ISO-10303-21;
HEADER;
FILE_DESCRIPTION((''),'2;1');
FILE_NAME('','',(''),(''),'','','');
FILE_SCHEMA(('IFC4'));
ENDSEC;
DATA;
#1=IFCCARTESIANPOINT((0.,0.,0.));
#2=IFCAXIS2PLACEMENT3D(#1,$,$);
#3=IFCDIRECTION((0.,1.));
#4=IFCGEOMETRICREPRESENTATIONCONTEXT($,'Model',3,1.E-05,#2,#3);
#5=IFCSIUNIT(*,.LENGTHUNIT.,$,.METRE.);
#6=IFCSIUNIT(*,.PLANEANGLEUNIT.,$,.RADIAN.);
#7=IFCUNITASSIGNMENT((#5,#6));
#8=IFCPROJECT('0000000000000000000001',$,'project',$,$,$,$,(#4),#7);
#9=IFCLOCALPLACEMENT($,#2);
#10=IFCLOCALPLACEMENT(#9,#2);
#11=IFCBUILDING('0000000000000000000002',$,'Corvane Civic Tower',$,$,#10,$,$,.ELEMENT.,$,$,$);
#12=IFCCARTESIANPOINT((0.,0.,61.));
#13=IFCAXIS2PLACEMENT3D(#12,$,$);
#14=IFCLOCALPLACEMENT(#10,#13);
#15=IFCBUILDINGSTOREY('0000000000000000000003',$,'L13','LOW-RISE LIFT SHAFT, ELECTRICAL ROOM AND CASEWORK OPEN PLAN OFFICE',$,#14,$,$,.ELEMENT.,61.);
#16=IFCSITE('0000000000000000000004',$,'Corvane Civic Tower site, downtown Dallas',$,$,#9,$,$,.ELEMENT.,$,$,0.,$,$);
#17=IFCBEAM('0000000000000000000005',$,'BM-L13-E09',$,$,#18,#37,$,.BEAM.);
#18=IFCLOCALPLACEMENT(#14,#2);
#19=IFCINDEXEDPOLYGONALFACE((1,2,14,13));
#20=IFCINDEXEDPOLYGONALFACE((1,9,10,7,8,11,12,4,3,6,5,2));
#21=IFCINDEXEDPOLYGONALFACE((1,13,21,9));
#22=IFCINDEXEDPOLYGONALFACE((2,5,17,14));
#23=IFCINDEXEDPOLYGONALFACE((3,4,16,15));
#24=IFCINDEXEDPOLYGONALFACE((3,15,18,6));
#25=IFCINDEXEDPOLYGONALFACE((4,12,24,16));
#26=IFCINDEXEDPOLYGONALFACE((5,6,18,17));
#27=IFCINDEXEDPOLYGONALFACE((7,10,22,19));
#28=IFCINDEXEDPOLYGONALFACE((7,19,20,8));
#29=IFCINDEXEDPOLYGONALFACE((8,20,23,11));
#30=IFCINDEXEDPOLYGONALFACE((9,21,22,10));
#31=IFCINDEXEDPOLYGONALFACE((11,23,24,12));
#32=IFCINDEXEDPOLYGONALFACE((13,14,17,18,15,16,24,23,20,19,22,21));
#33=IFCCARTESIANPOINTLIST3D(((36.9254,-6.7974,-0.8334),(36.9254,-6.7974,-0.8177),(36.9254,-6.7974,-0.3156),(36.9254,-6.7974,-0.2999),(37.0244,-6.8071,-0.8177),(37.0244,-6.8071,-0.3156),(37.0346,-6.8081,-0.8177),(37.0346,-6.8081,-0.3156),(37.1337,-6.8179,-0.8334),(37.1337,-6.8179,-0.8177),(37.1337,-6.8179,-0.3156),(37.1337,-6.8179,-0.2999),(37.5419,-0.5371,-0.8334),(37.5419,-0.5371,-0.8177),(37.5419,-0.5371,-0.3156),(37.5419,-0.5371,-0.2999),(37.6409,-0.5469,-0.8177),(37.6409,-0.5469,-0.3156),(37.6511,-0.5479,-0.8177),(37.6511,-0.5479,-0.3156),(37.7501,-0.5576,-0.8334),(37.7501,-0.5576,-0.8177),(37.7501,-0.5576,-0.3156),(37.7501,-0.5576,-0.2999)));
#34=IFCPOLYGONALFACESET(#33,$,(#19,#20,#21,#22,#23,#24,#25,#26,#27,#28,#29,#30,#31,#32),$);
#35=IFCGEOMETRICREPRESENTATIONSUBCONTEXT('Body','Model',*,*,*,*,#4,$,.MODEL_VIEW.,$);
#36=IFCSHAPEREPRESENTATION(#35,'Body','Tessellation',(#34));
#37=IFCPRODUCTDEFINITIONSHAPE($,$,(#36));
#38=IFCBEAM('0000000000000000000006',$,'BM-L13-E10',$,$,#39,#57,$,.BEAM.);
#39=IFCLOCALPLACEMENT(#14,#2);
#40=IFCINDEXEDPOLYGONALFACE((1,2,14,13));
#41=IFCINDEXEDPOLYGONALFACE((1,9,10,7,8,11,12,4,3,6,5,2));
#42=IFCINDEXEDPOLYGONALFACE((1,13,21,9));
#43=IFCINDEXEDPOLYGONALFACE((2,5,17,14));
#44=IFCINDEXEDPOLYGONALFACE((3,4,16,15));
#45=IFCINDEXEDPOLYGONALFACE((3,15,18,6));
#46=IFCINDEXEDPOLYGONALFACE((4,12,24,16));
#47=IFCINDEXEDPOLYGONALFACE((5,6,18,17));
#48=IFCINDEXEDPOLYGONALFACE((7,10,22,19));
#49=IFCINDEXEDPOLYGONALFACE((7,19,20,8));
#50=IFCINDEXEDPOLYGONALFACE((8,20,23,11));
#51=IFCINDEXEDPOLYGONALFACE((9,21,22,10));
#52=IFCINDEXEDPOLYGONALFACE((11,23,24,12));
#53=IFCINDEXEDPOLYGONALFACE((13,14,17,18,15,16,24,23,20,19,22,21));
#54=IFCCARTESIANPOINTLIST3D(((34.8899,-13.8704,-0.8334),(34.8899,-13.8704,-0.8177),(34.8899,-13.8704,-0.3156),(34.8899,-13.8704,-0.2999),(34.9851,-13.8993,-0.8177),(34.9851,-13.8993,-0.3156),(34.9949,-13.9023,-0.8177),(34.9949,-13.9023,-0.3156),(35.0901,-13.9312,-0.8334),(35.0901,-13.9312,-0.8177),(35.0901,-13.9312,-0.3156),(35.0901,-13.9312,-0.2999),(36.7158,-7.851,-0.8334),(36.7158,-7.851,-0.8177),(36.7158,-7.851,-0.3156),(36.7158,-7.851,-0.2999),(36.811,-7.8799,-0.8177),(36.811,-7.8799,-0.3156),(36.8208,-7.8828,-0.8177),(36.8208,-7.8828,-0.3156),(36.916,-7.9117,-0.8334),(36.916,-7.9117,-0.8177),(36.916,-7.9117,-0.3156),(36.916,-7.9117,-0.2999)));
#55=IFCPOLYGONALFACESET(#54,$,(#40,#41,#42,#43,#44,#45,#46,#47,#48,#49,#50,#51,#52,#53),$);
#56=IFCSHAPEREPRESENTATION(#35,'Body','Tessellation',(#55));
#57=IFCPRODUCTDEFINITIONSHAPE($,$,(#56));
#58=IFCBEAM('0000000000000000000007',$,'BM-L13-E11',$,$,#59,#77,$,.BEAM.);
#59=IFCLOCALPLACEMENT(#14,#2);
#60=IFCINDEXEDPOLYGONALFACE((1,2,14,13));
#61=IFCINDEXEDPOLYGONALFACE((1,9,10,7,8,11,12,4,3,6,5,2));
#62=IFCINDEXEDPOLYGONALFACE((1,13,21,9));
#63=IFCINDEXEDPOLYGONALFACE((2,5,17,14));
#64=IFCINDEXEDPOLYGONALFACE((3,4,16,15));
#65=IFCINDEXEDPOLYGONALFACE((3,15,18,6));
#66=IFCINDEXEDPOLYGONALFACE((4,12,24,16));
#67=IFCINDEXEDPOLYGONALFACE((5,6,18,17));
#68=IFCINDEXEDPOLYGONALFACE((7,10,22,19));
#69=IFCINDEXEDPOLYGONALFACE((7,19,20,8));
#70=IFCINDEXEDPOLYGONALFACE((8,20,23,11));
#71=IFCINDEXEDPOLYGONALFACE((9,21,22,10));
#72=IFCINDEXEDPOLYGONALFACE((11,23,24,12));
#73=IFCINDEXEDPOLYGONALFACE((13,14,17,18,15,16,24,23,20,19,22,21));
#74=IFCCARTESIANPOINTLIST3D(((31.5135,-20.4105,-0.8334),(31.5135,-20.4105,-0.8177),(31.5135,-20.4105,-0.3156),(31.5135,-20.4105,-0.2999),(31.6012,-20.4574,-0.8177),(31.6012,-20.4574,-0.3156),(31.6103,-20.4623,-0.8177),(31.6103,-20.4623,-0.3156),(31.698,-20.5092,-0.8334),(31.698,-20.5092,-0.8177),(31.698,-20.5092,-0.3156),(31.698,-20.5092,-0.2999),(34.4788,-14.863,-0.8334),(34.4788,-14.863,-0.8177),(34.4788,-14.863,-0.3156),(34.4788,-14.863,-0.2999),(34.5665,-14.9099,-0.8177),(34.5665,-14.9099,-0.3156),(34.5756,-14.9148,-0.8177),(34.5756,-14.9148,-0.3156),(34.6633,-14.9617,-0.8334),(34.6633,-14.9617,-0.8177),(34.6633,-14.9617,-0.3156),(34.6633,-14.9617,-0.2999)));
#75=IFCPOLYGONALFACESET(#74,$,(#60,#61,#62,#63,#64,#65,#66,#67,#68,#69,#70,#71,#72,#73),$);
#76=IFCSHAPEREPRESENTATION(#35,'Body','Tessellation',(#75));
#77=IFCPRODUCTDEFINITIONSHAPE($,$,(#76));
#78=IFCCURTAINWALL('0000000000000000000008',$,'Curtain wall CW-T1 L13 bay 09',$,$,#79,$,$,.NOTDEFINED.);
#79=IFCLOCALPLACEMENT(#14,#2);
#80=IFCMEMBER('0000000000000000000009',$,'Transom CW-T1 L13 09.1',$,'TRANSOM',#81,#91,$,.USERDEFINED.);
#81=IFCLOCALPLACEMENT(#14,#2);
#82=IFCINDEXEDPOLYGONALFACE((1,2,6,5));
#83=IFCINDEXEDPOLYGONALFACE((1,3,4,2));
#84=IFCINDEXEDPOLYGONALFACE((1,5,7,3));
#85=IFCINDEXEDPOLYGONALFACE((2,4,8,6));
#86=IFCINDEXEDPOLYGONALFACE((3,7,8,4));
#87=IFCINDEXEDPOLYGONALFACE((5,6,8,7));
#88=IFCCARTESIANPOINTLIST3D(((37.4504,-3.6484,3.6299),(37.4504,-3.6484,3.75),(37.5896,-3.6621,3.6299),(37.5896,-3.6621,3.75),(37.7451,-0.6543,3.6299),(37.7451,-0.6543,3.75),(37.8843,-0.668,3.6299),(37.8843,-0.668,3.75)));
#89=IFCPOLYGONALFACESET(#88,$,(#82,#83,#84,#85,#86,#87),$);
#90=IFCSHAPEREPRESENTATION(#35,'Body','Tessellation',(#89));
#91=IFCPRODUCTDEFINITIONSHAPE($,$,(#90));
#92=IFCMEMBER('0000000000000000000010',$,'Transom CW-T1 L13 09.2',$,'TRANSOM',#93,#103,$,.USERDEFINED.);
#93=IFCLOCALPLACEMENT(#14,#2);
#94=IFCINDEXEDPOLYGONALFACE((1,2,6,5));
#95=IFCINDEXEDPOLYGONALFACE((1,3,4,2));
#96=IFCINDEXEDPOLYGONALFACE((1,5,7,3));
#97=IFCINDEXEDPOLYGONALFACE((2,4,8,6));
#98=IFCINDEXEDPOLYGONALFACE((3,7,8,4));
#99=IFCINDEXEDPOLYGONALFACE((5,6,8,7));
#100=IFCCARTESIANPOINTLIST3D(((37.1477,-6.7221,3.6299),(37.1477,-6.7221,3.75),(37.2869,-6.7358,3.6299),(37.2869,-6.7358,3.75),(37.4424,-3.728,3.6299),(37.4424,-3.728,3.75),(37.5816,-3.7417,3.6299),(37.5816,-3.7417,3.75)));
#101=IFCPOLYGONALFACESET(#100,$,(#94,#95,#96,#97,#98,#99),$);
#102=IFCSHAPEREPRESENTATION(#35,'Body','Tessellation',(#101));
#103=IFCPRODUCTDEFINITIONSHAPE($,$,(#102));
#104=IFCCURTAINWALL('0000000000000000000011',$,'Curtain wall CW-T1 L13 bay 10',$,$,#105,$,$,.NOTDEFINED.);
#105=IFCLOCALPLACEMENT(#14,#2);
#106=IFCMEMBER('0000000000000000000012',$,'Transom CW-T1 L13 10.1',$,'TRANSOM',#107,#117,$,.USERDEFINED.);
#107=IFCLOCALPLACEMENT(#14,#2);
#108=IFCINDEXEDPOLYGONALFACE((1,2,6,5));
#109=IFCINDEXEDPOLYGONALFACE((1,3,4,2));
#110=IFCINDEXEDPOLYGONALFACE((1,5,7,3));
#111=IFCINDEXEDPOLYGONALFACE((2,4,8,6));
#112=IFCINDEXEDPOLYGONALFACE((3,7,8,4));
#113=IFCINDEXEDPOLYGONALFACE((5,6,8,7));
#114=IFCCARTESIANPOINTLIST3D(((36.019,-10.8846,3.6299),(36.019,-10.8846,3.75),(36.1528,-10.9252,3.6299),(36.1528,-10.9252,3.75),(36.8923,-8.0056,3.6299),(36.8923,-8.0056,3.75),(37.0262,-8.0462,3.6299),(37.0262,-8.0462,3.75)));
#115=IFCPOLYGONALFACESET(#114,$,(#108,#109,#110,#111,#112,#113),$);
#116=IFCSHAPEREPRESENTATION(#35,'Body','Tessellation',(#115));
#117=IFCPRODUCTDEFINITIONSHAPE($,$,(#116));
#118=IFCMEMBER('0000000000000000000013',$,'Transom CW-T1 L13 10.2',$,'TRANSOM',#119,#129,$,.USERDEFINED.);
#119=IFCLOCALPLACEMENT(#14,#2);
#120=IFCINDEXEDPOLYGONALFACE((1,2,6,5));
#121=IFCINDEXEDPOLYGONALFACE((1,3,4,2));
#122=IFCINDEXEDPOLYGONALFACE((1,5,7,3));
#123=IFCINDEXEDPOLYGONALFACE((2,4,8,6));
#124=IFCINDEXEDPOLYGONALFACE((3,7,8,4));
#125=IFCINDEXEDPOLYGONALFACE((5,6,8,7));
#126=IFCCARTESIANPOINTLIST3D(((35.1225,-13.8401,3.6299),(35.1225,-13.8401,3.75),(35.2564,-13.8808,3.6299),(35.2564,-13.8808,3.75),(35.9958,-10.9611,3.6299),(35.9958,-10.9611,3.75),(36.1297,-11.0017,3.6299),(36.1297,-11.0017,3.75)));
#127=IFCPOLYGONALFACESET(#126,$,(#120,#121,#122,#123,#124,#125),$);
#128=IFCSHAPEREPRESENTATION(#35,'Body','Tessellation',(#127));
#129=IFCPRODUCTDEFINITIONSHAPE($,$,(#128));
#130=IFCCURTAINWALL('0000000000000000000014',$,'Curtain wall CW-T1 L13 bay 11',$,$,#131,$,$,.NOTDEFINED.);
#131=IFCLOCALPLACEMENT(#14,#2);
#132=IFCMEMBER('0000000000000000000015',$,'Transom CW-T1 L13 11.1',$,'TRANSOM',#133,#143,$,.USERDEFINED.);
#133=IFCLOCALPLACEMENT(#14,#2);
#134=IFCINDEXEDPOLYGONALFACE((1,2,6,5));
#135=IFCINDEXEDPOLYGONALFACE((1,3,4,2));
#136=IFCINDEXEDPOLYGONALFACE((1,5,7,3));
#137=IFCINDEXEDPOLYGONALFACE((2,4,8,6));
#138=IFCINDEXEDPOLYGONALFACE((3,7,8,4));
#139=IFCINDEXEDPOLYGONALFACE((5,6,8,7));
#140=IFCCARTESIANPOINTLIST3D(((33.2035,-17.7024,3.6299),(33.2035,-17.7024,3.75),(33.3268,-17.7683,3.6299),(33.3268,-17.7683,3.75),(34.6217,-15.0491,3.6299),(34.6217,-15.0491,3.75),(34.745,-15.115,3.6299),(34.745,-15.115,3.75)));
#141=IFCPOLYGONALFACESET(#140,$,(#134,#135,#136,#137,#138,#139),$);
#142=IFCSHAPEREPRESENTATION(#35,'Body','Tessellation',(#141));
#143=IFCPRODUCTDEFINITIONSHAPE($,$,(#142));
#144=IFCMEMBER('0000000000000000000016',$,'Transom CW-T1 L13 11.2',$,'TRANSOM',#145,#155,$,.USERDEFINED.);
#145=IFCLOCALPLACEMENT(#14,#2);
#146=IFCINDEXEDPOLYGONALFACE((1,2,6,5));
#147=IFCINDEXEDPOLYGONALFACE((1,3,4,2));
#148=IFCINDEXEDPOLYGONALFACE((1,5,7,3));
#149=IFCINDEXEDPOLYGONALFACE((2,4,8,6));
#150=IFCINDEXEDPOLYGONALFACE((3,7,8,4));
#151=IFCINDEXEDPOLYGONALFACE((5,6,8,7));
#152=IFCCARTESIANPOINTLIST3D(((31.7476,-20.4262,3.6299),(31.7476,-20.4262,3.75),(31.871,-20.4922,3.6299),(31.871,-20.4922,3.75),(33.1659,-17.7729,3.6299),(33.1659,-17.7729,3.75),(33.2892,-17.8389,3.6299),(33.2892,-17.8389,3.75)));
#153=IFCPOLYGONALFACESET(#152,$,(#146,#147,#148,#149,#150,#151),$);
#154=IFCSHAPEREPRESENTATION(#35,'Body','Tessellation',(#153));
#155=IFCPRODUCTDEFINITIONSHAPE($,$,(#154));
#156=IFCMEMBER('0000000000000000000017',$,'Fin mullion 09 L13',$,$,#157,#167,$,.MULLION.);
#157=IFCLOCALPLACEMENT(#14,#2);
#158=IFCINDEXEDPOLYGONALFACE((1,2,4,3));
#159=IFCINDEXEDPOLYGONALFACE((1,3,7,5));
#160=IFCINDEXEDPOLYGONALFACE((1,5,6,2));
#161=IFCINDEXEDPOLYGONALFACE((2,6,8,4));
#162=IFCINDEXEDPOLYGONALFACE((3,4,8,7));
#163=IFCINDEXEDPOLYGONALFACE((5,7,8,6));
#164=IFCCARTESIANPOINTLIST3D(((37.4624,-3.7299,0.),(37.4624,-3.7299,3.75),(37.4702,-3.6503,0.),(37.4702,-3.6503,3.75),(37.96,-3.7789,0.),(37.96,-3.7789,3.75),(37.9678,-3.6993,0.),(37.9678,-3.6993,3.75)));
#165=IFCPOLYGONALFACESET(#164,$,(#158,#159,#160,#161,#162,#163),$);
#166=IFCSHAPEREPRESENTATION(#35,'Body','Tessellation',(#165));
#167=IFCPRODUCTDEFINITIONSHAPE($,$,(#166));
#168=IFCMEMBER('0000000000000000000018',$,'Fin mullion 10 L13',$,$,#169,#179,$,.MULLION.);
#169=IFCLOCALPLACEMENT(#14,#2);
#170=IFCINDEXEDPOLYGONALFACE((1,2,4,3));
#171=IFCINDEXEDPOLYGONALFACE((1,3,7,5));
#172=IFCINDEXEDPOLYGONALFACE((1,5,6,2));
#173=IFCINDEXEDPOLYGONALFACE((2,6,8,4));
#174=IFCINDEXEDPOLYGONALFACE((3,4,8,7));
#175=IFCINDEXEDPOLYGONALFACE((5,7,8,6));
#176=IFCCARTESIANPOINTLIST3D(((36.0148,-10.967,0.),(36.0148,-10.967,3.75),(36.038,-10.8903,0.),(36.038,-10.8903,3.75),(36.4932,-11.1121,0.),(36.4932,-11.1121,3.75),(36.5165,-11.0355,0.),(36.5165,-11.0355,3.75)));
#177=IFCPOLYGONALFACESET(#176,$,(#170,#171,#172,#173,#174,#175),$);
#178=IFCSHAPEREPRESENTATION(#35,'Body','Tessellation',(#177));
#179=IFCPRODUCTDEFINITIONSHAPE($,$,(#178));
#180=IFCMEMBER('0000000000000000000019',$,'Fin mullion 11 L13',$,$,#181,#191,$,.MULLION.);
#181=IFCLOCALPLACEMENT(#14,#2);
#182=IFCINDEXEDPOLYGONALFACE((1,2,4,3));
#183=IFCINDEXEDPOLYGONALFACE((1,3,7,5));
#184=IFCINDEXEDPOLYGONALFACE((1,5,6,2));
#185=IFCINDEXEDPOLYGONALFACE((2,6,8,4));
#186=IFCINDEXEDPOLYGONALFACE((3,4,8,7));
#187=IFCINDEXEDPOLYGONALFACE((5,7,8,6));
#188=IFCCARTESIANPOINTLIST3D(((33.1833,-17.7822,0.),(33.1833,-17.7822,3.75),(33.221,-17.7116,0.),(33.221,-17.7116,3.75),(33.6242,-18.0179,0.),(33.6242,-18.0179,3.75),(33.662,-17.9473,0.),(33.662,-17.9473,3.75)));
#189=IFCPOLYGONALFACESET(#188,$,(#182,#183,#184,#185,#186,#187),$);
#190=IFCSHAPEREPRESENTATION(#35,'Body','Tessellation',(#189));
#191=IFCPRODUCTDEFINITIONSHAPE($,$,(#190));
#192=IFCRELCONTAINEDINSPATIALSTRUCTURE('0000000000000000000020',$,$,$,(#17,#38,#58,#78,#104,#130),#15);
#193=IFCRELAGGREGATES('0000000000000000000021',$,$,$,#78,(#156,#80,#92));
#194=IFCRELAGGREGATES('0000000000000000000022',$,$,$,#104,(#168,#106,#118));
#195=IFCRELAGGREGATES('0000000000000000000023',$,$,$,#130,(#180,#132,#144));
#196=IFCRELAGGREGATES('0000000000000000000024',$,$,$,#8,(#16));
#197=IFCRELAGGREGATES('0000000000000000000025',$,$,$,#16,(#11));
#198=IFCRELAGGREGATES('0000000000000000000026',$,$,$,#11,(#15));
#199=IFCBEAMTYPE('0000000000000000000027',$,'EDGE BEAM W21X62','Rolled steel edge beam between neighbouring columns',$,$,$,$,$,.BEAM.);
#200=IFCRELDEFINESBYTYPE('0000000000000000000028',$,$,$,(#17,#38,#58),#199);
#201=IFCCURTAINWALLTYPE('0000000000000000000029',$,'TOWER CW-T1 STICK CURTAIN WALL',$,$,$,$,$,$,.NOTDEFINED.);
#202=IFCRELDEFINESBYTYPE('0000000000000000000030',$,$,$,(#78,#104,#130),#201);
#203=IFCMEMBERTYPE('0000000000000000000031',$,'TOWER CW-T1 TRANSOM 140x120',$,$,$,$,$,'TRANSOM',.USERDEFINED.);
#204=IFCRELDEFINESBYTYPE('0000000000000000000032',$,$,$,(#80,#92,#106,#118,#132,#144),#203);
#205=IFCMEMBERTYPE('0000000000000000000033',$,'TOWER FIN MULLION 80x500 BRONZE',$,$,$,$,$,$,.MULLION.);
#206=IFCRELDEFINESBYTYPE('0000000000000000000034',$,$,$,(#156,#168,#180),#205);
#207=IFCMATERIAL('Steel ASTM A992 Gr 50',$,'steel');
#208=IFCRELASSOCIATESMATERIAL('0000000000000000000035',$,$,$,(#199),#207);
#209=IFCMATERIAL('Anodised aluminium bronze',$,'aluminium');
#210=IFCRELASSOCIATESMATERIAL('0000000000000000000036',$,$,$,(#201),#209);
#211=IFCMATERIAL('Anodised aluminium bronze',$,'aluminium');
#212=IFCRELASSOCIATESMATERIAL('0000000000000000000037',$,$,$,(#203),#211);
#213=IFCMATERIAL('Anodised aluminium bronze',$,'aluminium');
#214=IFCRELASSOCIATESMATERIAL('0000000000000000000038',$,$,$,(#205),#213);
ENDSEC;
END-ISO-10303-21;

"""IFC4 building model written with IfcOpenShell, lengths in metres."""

from ifc_helpers import new_model, si_unit, direction, frame, origin, origin_2d, place, context, subcontext, project, spatial, rectangle, i_section, extrude, material, material_profile, profile_set, type_object, element, aggregate, save


model = new_model("IFC4")

# Units and contexts
model_context = context("Model", 3, precision=1e-05, world=origin(), true_north=direction((0.0, 1.0)))
body_context = subcontext(model_context, "Body", "Model", "MODEL_VIEW")
ifc_project = project(units=[si_unit("LENGTHUNIT", "METRE"), si_unit("PLANEANGLEUNIT", "RADIAN")], contexts=[model_context])

# Site, building, storey
site_placement = place(None, origin())
site = spatial("IfcSite", under=ifc_project, at=site_placement, Name="Corvane Civic Tower site, downtown Dallas", CompositionType="ELEMENT", RefElevation=0.0)
building_placement = place(site_placement, origin())
building = spatial("IfcBuilding", under=site, at=building_placement, Name="Corvane Civic Tower", CompositionType="ELEMENT")
storey_placement = place(building_placement, frame((0.0, 0.0, 61.0)))
storey = spatial("IfcBuildingStorey", under=building, at=storey_placement, Name="L13", Description="LOW-RISE LIFT SHAFT, ELECTRICAL ROOM AND CASEWORK OPEN PLAN OFFICE", CompositionType="ELEMENT", Elevation=61.0)

# Beams
ifc_material_1 = material(Name="Steel ASTM A992 Gr 50", Category="steel")
ifc_material_profile_1 = material_profile(ifc_material_1, i_section(OverallWidth=0.2092, OverallDepth=0.5334, WebThickness=0.0103, FlangeThickness=0.0156, at=origin_2d()), Name="W21X62")
ifc_profile_set_1 = profile_set([ifc_material_profile_1], Name="Steel ASTM A992 Gr 50")
beam_type = type_object("IfcBeamType", Name="EDGE BEAM W21X62", Description="Rolled steel edge beam between neighbouring columns", PredefinedType="BEAM", material=ifc_profile_set_1)
beam_placement = place(storey_placement, frame((37.646, -0.5474, -0.5667), z_axis=(-0.097997, -0.995187, 0.0), x_axis=(0.995187, -0.097997, 0.0)))
element("IfcBeam", 1, at=beam_placement, inside=storey, type_object=beam_type, Name="BM-L13-E09", PredefinedType="BEAM", context=body_context, shape_type="SweptSolid", body=[
    extrude(i_section(OverallWidth=0.2092, OverallDepth=0.5334, WebThickness=0.0103, FlangeThickness=0.0156, at=origin_2d()), origin(), (0.0, 0.0, 1.0), 6.2905),
])
for number, where, z_axis, x_axis, name in (
    (2, (36.8159, -7.8813, -0.5667), (-0.290273, -0.956944, 0.0), (0.956944, -0.290273, 0.0), "BM-L13-E10"),
    (3, (34.571, -14.9124, -0.5667), (-0.471406, -0.881916, 0.0), (0.881916, -0.471406, 0.0), "BM-L13-E11"),
):
    element("IfcBeam", number, at=place(storey_placement, frame(where, z_axis=z_axis, x_axis=x_axis)), inside=storey, type_object=beam_type, Name=name, PredefinedType="BEAM", context=body_context, shape_type="SweptSolid", body=[
        extrude(i_section(OverallWidth=0.2092, OverallDepth=0.5334, WebThickness=0.0103, FlangeThickness=0.0156, at=origin_2d()), origin(), (0.0, 0.0, 1.0), 6.2903),
    ])

# Curtain walls, members
ifc_material_2 = material(Name="Anodised aluminium bronze", Category="aluminium")
curtain_wall_type = type_object("IfcCurtainWallType", Name="TOWER CW-T1 STICK CURTAIN WALL", PredefinedType="NOTDEFINED", material=ifc_material_2)
curtain_wall_1_placement = place(storey_placement, origin())
curtain_wall_1 = element("IfcCurtainWall", 4, at=curtain_wall_1_placement, inside=storey, type_object=curtain_wall_type, Name="Curtain wall CW-T1 L13 bay 09", PredefinedType="NOTDEFINED")
ifc_material_3 = material(Name="Anodised aluminium bronze", Category="aluminium")
ifc_material_profile_2 = material_profile(ifc_material_3, rectangle(XDim=0.1399, YDim=0.1201, at=origin_2d()), Name="TOWER CW-T1 TRANSOM 140x120")
ifc_profile_set_2 = profile_set([ifc_material_profile_2], Name="Anodised aluminium bronze")
member_type_1 = type_object("IfcMemberType", Name="TOWER CW-T1 TRANSOM 140x120", ElementType="TRANSOM", PredefinedType="USERDEFINED", material=ifc_profile_set_2)
member_1_placement = place(storey_placement, frame((37.8147, -0.6611, 3.6899), z_axis=(-0.097945, -0.995192, 0.0), x_axis=(0.995192, -0.097945, 0.0)))
member_1 = element("IfcMember", 5, at=member_1_placement, type_object=member_type_1, Name="Transom CW-T1 L13 09.1", ObjectType="TRANSOM", PredefinedType="USERDEFINED", context=body_context, shape_type="SweptSolid", body=[
    extrude(rectangle(XDim=0.1399, YDim=0.1201, at=origin_2d()), origin(), (0.0, 0.0, 1.0), 3.0085),
])
member_2_placement = place(storey_placement, frame((37.512, -3.7349, 3.6899), z_axis=(-0.097945, -0.995192, 0.0), x_axis=(0.995192, -0.097945, 0.0)))
member_2 = element("IfcMember", 6, at=member_2_placement, type_object=member_type_1, Name="Transom CW-T1 L13 09.2", ObjectType="TRANSOM", PredefinedType="USERDEFINED", context=body_context, shape_type="SweptSolid", body=[
    extrude(rectangle(XDim=0.1399, YDim=0.1201, at=origin_2d()), origin(), (0.0, 0.0, 1.0), 3.0085),
])
curtain_wall_2_placement = place(storey_placement, origin())
curtain_wall_2 = element("IfcCurtainWall", 7, at=curtain_wall_2_placement, inside=storey, type_object=curtain_wall_type, Name="Curtain wall CW-T1 L13 bay 10", PredefinedType="NOTDEFINED")
member_3_placement = place(storey_placement, frame((36.9592, -8.0259, 3.6899), z_axis=(-0.29028, -0.956942, 0.0), x_axis=(0.956942, -0.29028, 0.0)))
member_3 = element("IfcMember", 8, at=member_3_placement, type_object=member_type_1, Name="Transom CW-T1 L13 10.1", ObjectType="TRANSOM", PredefinedType="USERDEFINED", context=body_context, shape_type="SweptSolid", body=[
    extrude(rectangle(XDim=0.1399, YDim=0.1201, at=origin_2d()), origin(), (0.0, 0.0, 1.0), 3.0085),
])
member_4_placement = place(storey_placement, frame((36.0627, -10.9814, 3.6899), z_axis=(-0.29028, -0.956942, 0.0), x_axis=(0.956942, -0.29028, 0.0)))
member_4 = element("IfcMember", 9, at=member_4_placement, type_object=member_type_1, Name="Transom CW-T1 L13 10.2", ObjectType="TRANSOM", PredefinedType="USERDEFINED", context=body_context, shape_type="SweptSolid", body=[
    extrude(rectangle(XDim=0.1399, YDim=0.1201, at=origin_2d()), origin(), (0.0, 0.0, 1.0), 3.0085),
])
curtain_wall_3_placement = place(storey_placement, origin())
curtain_wall_3 = element("IfcCurtainWall", 10, at=curtain_wall_3_placement, inside=storey, type_object=curtain_wall_type, Name="Curtain wall CW-T1 L13 bay 11", PredefinedType="NOTDEFINED")
member_5_placement = place(storey_placement, frame((34.6833, -15.082, 3.6899), z_axis=(-0.471393, -0.881924, 0.0), x_axis=(0.881924, -0.471393, 0.0)))
member_5 = element("IfcMember", 11, at=member_5_placement, type_object=member_type_1, Name="Transom CW-T1 L13 11.1", ObjectType="TRANSOM", PredefinedType="USERDEFINED", context=body_context, shape_type="SweptSolid", body=[
    extrude(rectangle(XDim=0.1399, YDim=0.1201, at=origin_2d()), origin(), (0.0, 0.0, 1.0), 3.0085),
])
member_6_placement = place(storey_placement, frame((33.2275, -17.8059, 3.6899), z_axis=(-0.471393, -0.881924, 0.0), x_axis=(0.881924, -0.471393, 0.0)))
member_6 = element("IfcMember", 12, at=member_6_placement, type_object=member_type_1, Name="Transom CW-T1 L13 11.2", ObjectType="TRANSOM", PredefinedType="USERDEFINED", context=body_context, shape_type="SweptSolid", body=[
    extrude(rectangle(XDim=0.1399, YDim=0.1201, at=origin_2d()), origin(), (0.0, 0.0, 1.0), 3.0085),
])

# Members
ifc_material_4 = material(Name="Anodised aluminium bronze", Category="aluminium")
ifc_material_profile_3 = material_profile(ifc_material_4, rectangle(XDim=0.0801, YDim=0.5, at=origin_2d()), Name="TOWER FIN MULLION 80x500 BRONZE")
ifc_profile_set_3 = profile_set([ifc_material_profile_3], Name="Anodised aluminium bronze")
member_type_2 = type_object("IfcMemberType", Name="TOWER FIN MULLION 80x500 BRONZE", PredefinedType="MULLION", material=ifc_profile_set_3)
member_7_placement = place(storey_placement, frame((37.7151, -3.7146, 0.0), z_axis=(0.0, 0.0, 1.0), x_axis=(-0.098006, -0.995186, 0.0)))
member_7 = element("IfcMember", 13, at=member_7_placement, type_object=member_type_2, Name="Fin mullion 09 L13", PredefinedType="MULLION", context=body_context, shape_type="SweptSolid", body=[
    extrude(rectangle(XDim=0.0801, YDim=0.5, at=origin_2d()), origin(), (0.0, 0.0, 1.0), 3.75),
])
member_8_placement = place(storey_placement, frame((36.2656, -11.0012, 0.0), z_axis=(0.0, 0.0, 1.0), x_axis=(-0.290278, -0.956942, 0.0)))
member_8 = element("IfcMember", 14, at=member_8_placement, type_object=member_type_2, Name="Fin mullion 10 L13", PredefinedType="MULLION", context=body_context, shape_type="SweptSolid", body=[
    extrude(rectangle(XDim=0.0801, YDim=0.5, at=origin_2d()), origin(), (0.0, 0.0, 1.0), 3.75),
])
member_9_placement = place(storey_placement, frame((33.4226, -17.8647, 0.0), z_axis=(0.0, 0.0, 1.0), x_axis=(-0.471404, -0.881918, 0.0)))
member_9 = element("IfcMember", 15, at=member_9_placement, type_object=member_type_2, Name="Fin mullion 11 L13", PredefinedType="MULLION", context=body_context, shape_type="SweptSolid", body=[
    extrude(rectangle(XDim=0.0801, YDim=0.5, at=origin_2d()), origin(), (0.0, 0.0, 1.0), 3.75),
])

aggregate(curtain_wall_1, [member_7, member_1, member_2])
aggregate(curtain_wall_2, [member_8, member_3, member_4])
aggregate(curtain_wall_3, [member_9, member_5, member_6])

save(model, "model.ifc")
